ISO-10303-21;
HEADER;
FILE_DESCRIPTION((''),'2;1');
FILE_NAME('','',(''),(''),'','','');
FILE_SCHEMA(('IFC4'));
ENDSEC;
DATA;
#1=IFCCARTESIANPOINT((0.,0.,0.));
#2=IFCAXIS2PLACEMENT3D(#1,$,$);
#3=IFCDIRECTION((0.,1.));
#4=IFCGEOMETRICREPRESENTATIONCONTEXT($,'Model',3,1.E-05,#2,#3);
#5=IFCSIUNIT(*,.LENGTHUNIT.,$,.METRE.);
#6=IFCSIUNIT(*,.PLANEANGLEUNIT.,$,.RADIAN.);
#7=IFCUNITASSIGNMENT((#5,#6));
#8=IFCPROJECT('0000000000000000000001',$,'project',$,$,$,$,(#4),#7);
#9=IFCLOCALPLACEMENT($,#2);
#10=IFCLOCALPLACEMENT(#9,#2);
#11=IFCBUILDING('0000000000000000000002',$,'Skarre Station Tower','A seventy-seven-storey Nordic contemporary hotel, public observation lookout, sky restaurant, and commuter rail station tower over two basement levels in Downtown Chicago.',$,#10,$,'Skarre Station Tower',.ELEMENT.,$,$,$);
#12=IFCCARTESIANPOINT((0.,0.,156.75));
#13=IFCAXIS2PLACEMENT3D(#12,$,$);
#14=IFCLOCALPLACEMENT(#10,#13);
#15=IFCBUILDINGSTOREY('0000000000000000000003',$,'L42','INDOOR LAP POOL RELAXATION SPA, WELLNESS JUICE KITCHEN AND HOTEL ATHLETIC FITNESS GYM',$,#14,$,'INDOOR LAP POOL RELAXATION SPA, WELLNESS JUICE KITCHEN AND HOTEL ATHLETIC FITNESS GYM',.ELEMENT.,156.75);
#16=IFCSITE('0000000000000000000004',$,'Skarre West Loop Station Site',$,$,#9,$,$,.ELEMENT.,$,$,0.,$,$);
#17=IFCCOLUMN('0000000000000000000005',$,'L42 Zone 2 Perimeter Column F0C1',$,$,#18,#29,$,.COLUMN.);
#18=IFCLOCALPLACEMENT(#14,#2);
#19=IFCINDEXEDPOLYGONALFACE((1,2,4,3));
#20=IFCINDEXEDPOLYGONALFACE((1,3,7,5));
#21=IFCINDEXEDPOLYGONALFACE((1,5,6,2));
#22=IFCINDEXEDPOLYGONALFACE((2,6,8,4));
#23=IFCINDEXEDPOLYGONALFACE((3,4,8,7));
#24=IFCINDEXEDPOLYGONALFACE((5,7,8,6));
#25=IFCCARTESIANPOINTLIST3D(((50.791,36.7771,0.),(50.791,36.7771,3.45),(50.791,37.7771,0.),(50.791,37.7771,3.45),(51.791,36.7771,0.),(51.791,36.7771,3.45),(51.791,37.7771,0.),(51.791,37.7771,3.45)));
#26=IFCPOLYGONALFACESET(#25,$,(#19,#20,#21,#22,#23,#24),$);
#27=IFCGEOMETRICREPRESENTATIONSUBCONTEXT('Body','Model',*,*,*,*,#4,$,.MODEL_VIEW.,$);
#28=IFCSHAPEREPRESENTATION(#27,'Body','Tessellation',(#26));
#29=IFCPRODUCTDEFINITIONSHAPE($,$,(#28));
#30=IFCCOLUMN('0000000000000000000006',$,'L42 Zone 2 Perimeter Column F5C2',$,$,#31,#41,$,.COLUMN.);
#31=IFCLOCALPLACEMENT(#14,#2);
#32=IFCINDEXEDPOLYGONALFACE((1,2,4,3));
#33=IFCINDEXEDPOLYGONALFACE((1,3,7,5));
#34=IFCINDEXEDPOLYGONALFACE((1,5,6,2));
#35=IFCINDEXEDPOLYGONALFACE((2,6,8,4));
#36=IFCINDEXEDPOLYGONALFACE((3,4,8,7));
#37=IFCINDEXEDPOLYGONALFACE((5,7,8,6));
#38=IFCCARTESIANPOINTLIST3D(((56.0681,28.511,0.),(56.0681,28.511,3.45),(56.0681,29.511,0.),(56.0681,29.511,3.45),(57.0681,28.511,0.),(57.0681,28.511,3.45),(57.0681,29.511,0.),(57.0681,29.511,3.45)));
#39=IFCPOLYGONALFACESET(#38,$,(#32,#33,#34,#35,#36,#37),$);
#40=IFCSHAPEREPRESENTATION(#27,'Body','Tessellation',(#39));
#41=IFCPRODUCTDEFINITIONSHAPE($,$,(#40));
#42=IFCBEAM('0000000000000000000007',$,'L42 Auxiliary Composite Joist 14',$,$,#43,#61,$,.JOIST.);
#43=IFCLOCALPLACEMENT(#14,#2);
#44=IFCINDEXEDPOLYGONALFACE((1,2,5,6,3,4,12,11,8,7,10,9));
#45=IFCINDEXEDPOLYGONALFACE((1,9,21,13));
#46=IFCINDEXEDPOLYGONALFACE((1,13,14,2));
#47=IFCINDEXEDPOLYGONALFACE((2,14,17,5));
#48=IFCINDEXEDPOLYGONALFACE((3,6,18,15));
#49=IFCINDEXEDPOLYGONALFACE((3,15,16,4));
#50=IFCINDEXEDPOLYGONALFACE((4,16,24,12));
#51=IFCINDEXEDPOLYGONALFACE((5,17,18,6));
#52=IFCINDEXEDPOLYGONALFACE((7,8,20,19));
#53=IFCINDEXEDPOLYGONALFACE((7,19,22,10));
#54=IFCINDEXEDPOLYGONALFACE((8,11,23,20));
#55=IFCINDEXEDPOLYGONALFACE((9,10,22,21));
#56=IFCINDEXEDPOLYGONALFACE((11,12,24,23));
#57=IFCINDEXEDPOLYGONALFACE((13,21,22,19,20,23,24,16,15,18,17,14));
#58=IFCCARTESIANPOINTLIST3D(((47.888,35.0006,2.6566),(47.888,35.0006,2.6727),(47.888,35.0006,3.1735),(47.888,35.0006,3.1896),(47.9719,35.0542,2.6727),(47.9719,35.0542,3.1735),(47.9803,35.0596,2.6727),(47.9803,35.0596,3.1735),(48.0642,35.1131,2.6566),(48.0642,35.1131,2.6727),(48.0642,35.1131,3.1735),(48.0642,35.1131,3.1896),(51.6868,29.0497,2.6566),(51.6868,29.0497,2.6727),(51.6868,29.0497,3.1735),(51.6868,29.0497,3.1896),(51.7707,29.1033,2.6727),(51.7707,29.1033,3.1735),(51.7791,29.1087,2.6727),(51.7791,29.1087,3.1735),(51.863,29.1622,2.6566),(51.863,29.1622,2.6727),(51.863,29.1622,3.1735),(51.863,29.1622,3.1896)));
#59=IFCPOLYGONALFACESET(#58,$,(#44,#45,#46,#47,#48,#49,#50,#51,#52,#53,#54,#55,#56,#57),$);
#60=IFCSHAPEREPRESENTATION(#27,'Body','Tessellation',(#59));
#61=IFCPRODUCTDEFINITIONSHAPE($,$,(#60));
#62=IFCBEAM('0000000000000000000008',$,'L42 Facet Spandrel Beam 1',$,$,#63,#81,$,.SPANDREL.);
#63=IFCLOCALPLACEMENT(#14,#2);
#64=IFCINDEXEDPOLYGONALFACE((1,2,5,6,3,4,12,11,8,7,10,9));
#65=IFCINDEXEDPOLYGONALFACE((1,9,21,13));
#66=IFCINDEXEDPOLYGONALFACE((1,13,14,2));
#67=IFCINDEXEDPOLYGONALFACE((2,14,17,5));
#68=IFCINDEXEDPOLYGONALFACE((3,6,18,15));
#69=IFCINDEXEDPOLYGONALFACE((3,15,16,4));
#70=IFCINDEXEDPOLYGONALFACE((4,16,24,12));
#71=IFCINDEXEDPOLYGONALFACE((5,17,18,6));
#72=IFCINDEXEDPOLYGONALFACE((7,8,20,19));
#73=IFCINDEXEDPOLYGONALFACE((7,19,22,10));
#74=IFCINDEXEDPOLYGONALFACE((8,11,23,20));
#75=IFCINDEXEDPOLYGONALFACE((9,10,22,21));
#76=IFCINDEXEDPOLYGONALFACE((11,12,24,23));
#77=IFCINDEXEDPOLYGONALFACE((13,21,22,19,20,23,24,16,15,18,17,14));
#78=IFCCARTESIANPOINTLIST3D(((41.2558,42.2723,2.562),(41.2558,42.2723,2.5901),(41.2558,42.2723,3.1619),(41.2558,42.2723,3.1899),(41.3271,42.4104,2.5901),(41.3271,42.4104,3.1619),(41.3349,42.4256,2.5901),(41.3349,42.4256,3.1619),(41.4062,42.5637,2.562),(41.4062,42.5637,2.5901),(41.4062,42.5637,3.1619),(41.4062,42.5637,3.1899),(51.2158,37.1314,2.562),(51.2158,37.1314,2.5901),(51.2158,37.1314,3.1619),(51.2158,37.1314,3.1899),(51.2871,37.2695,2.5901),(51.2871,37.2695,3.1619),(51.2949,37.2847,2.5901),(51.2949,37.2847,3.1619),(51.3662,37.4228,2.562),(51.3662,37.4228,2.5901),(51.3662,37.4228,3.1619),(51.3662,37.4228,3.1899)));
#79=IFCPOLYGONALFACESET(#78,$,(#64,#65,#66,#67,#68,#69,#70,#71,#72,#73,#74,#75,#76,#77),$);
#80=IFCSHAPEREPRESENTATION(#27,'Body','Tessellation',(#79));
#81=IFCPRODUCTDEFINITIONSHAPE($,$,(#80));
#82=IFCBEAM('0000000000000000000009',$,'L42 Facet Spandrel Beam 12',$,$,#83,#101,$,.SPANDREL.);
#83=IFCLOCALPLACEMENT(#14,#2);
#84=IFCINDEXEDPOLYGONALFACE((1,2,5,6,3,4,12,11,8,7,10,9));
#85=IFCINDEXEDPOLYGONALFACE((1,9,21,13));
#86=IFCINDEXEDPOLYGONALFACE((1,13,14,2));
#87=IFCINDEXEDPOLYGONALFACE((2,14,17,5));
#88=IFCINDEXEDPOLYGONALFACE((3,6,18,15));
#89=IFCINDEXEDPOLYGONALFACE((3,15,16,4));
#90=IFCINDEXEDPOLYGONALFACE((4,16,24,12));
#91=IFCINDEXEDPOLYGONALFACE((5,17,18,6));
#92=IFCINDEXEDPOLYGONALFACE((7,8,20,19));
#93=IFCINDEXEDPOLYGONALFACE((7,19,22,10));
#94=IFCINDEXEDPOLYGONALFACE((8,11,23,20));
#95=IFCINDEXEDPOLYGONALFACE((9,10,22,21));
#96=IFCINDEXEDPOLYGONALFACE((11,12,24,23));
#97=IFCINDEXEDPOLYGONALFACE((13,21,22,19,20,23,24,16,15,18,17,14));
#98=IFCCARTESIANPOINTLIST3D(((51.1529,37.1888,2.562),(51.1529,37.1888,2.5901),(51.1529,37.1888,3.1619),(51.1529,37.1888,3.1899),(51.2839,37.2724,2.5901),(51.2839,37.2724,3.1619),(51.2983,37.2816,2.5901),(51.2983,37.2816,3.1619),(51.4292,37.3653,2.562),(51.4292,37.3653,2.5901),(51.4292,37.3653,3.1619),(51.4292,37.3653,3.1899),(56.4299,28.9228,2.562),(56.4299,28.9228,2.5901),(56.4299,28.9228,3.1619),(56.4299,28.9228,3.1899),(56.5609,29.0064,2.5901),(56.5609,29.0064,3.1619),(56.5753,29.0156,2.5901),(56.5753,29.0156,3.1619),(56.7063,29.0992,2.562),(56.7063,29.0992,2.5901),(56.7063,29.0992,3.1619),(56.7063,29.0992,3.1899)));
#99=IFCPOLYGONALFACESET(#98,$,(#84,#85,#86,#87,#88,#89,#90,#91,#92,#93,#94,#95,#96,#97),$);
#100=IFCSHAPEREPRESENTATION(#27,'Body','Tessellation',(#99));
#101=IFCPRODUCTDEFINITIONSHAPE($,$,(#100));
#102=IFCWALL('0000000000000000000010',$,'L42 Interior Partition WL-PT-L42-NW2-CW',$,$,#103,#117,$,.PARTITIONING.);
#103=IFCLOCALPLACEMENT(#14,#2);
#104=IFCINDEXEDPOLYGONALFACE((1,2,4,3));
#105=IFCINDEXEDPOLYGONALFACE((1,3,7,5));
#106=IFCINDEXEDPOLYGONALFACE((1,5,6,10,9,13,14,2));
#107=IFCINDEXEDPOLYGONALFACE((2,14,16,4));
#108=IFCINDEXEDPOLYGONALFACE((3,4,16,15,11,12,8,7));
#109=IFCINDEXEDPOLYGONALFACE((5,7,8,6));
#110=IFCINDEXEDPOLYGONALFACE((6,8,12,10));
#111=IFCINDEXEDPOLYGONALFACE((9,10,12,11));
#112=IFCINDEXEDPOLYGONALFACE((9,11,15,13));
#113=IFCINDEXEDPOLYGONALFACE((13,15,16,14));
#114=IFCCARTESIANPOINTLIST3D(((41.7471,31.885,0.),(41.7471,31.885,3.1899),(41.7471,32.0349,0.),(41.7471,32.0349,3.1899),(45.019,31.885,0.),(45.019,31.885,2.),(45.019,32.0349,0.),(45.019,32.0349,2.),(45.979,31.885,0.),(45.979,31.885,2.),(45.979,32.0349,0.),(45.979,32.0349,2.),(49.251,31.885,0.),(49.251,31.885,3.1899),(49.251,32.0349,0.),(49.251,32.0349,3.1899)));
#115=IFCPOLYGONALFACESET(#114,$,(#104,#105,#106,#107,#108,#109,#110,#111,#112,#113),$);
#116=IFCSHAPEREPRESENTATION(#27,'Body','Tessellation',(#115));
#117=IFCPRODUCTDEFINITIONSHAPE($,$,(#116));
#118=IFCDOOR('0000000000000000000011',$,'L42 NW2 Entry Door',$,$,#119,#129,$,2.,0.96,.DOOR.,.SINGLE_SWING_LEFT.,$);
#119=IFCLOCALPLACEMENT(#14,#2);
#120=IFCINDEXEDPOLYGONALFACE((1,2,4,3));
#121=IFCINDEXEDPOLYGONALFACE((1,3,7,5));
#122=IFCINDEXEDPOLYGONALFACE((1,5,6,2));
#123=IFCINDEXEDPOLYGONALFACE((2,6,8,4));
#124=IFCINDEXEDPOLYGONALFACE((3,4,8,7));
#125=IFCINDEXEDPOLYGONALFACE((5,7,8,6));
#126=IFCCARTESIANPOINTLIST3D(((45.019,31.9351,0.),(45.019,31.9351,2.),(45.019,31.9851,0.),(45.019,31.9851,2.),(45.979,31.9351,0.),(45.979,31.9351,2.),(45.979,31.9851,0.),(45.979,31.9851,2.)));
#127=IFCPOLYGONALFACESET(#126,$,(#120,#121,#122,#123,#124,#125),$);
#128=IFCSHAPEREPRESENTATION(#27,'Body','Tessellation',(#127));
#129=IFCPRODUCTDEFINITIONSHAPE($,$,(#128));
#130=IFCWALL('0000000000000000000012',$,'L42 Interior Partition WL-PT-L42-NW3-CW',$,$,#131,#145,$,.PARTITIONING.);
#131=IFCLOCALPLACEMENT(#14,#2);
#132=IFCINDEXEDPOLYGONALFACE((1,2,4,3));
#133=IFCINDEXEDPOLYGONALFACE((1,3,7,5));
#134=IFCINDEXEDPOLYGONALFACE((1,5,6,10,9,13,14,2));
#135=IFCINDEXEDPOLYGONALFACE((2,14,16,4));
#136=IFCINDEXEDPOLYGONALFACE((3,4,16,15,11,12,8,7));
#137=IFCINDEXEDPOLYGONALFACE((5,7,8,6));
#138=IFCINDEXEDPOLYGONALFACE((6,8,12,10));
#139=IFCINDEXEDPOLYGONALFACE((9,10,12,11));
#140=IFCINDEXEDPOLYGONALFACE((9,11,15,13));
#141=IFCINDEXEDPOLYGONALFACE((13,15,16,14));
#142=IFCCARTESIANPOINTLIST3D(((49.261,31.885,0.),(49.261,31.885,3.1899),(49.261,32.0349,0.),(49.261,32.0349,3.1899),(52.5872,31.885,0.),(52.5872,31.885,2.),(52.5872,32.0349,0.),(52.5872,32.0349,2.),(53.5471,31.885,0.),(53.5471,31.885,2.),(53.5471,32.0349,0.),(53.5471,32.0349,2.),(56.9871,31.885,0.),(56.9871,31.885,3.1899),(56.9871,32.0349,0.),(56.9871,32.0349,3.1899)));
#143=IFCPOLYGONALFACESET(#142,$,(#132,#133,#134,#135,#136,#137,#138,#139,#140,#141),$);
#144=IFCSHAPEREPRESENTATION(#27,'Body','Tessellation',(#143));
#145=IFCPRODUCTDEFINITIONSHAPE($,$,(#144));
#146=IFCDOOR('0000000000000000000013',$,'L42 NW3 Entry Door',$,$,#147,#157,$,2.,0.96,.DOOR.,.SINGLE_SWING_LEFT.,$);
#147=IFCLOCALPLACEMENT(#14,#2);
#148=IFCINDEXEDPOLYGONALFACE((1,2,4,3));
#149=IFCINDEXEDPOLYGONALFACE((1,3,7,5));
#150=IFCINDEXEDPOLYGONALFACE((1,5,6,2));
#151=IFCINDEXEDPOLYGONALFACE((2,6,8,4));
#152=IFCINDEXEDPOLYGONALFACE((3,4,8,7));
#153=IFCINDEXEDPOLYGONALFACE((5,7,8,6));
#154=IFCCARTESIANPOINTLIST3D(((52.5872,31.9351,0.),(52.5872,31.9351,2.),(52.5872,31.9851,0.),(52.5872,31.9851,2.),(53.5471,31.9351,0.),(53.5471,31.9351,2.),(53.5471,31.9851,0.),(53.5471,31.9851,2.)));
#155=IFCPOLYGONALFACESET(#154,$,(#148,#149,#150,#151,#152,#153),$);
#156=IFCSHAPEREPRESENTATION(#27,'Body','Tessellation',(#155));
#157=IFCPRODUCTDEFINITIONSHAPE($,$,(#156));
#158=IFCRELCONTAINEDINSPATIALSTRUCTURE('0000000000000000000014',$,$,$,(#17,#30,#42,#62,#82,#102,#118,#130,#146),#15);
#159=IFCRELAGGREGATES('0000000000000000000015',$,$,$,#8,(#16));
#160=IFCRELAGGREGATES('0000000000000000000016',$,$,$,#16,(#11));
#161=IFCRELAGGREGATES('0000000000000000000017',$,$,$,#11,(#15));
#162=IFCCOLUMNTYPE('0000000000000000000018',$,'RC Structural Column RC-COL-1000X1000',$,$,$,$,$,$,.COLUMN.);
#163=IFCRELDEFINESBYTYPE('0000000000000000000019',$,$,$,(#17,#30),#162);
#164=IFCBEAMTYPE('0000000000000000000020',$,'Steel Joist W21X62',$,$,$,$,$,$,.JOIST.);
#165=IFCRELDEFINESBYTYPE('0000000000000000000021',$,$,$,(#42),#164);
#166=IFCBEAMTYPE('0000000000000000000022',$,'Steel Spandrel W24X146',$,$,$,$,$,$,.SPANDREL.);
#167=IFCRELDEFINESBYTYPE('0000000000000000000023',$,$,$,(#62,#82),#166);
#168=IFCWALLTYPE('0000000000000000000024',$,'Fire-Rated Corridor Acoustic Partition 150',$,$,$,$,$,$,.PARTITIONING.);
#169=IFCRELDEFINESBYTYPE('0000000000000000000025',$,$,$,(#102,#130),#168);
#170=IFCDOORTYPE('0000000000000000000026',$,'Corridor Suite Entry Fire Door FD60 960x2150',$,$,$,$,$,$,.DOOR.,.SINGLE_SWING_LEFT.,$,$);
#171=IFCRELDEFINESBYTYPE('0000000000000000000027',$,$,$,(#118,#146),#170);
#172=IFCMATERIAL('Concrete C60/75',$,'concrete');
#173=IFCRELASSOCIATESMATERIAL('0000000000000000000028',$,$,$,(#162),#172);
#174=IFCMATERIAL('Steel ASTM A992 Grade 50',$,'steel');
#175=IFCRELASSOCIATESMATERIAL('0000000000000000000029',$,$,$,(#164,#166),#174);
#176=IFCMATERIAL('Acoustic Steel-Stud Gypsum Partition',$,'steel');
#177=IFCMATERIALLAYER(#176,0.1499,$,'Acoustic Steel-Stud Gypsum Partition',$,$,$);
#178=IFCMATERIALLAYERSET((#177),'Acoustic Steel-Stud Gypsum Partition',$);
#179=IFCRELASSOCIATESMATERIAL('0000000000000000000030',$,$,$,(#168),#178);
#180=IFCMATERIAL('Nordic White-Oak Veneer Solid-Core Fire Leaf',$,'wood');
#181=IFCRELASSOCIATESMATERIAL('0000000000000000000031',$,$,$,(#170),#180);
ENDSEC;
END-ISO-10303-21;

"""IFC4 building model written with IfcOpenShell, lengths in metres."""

from ifc_helpers import new_model, si_unit, direction, frame, frame_2d, origin, origin_2d, place, context, subcontext, project, spatial, rectangle, i_section, extrude, material, layer, layer_set, material_profile, profile_set, type_object, element, fill, save


model = new_model("IFC4")

# Units and contexts
model_context = context("Model", 3, precision=1e-05, world=origin(), true_north=direction((0.0, 1.0)))
body_context = subcontext(model_context, "Body", "Model", "MODEL_VIEW")
ifc_project = project(units=[si_unit("LENGTHUNIT", "METRE"), si_unit("PLANEANGLEUNIT", "RADIAN")], contexts=[model_context])

# Site, building, storey
site_placement = place(None, origin())
site = spatial("IfcSite", under=ifc_project, at=site_placement, Name="Skarre West Loop Station Site", CompositionType="ELEMENT", RefElevation=0.0)
building_placement = place(site_placement, origin())
building = spatial("IfcBuilding", under=site, at=building_placement, Name="Skarre Station Tower", Description="A seventy-seven-storey Nordic contemporary hotel, public observation lookout, sky restaurant, and commuter rail station tower over two basement levels in Downtown Chicago.", LongName="Skarre Station Tower", CompositionType="ELEMENT")
storey_placement = place(building_placement, frame((0.0, 0.0, 156.75)))
storey = spatial("IfcBuildingStorey", under=building, at=storey_placement, Name="L42", Description="INDOOR LAP POOL RELAXATION SPA, WELLNESS JUICE KITCHEN AND HOTEL ATHLETIC FITNESS GYM", LongName="INDOOR LAP POOL RELAXATION SPA, WELLNESS JUICE KITCHEN AND HOTEL ATHLETIC FITNESS GYM", CompositionType="ELEMENT", Elevation=156.75)

# Columns
ifc_material_1 = material(Name="Concrete C60/75", Category="concrete")
ifc_material_profile_1 = material_profile(ifc_material_1, rectangle(XDim=1.0, YDim=1.0, at=origin_2d()), Name="Concrete C60/75")
ifc_profile_set_1 = profile_set([ifc_material_profile_1], Name="Concrete C60/75")
column_type = type_object("IfcColumnType", Name="RC Structural Column RC-COL-1000X1000", PredefinedType="COLUMN", material=ifc_profile_set_1)
for number, where, z_axis, x_axis, name in (
    (1, (51.291, 37.2771, 0.0), (0.0, 0.0, 1.0), (1.0, 0.0, 0.0), "L42 Zone 2 Perimeter Column F0C1"),
    (2, (56.5681, 29.011, 0.0), (0.0, 0.0, 1.0), (1.0, 0.0, 0.0), "L42 Zone 2 Perimeter Column F5C2"),
):
    element("IfcColumn", number, at=place(storey_placement, frame(where, z_axis=z_axis, x_axis=x_axis)), inside=storey, type_object=column_type, Name=name, PredefinedType="COLUMN", context=body_context, shape_type="SweptSolid", body=[
        extrude(rectangle(XDim=1.0, YDim=1.0, at=origin_2d()), origin(), (0.0, 0.0, 1.0), 3.45),
    ])

# Beams
ifc_material_2 = material(Name="Steel ASTM A992 Grade 50", Category="steel")
ifc_material_profile_2 = material_profile(ifc_material_2, i_section(OverallWidth=0.209, OverallDepth=0.533, WebThickness=0.01, FlangeThickness=0.0161, at=origin_2d()), Name="Steel ASTM A992 Grade 50")
ifc_profile_set_2 = profile_set([ifc_material_profile_2], Name="Steel ASTM A992 Grade 50")
beam_type_1 = type_object("IfcBeamType", Name="Steel Joist W21X62", PredefinedType="JOIST", material=ifc_profile_set_2)
beam_1_placement = place(storey_placement, frame((51.7749, 29.106, 2.9231), z_axis=(-0.538072, 0.842899, 0.0), x_axis=(-0.842899, -0.538072, 0.0)))
element("IfcBeam", 3, at=beam_1_placement, inside=storey, type_object=beam_type_1, Name="L42 Auxiliary Composite Joist 14", PredefinedType="JOIST", context=body_context, shape_type="SweptSolid", body=[
    extrude(i_section(OverallWidth=0.209, OverallDepth=0.533, WebThickness=0.01, FlangeThickness=0.0161, at=origin_2d()), origin(), (0.0, 0.0, 1.0), 7.0601),
])
ifc_material_profile_3 = material_profile(ifc_material_2, i_section(OverallWidth=0.3279, OverallDepth=0.6279, WebThickness=0.0171, FlangeThickness=0.0281, at=origin_2d()), Name="Steel ASTM A992 Grade 50")
ifc_profile_set_3 = profile_set([ifc_material_profile_3], Name="Steel ASTM A992 Grade 50")
beam_type_2 = type_object("IfcBeamType", Name="Steel Spandrel W24X146", PredefinedType="SPANDREL", material=ifc_profile_set_3)
beam_2_placement = place(storey_placement, frame((51.291, 37.2771, 2.876), z_axis=(-0.888612, 0.45866, 0.0), x_axis=(-0.45866, -0.888612, 0.0)))
element("IfcBeam", 4, at=beam_2_placement, inside=storey, type_object=beam_type_2, Name="L42 Facet Spandrel Beam 1", PredefinedType="SPANDREL", context=body_context, shape_type="SweptSolid", body=[
    extrude(i_section(OverallWidth=0.3279, OverallDepth=0.6279, WebThickness=0.0171, FlangeThickness=0.0281, at=origin_2d()), origin(), (0.0, 0.0, 1.0), 11.2085),
])
beam_3_placement = place(storey_placement, frame((56.5681, 29.011, 2.876), z_axis=(-0.538098, 0.842883, 0.0), x_axis=(-0.842883, -0.538098, 0.0)))
element("IfcBeam", 5, at=beam_3_placement, inside=storey, type_object=beam_type_2, Name="L42 Facet Spandrel Beam 12", PredefinedType="SPANDREL", context=body_context, shape_type="SweptSolid", body=[
    extrude(i_section(OverallWidth=0.3279, OverallDepth=0.6279, WebThickness=0.0171, FlangeThickness=0.0281, at=origin_2d()), origin(), (0.0, 0.0, 1.0), 9.8069),
])

# Walls, openings, doors
ifc_material_3 = material(Name="Acoustic Steel-Stud Gypsum Partition", Category="steel")
ifc_layer_1 = layer(ifc_material_3, 0.1499, Name="Acoustic Steel-Stud Gypsum Partition")
ifc_layer_set_1 = layer_set([ifc_layer_1], Name="Acoustic Steel-Stud Gypsum Partition")
wall_type_1 = type_object("IfcWallType", Name="Fire-Rated Corridor Acoustic Partition 150", PredefinedType="PARTITIONING", material=ifc_layer_set_1)
wall_1_placement = place(storey_placement, frame((49.251, 31.96, 0.0), z_axis=(0.0, 0.0, 1.0), x_axis=(-1.0, 0.0, 0.0)))
wall_1 = element("IfcWall", 6, at=wall_1_placement, inside=storey, type_object=wall_type_1, Name="L42 Interior Partition WL-PT-L42-NW2-CW", PredefinedType="PARTITIONING", context=body_context, shape_type="SweptSolid", body=[
    extrude(rectangle(XDim=7.5039, YDim=0.1499, at=frame_2d((3.752, 0.0))), origin(), (0.0, 0.0, 1.0), 3.1899),
])
opening_1_placement = place(wall_1_placement, frame((3.272, 0.0, 0.0)))
opening_1 = element("IfcOpeningElement", 7, at=opening_1_placement, cuts=wall_1, PredefinedType="OPENING", context=body_context, shape_type="SweptSolid", body=[
    extrude(rectangle(XDim=0.96, YDim=2.0, at=frame_2d((0.48, 1.0))), frame((0.0, 0.085, 0.0), z_axis=(0.0, -1.0, 0.0), x_axis=(1.0, 0.0, 0.0)), (0.0, 0.0, 1.0), 0.1699),
])
ifc_material_4 = material(Name="Nordic White-Oak Veneer Solid-Core Fire Leaf", Category="wood")
door_type = type_object("IfcDoorType", Name="Corridor Suite Entry Fire Door FD60 960x2150", OperationType="SINGLE_SWING_LEFT", PredefinedType="DOOR", material=ifc_material_4)
door_1_placement = place(opening_1_placement, origin())
door_1 = element("IfcDoor", 8, at=door_1_placement, inside=storey, type_object=door_type, Name="L42 NW2 Entry Door", OperationType="SINGLE_SWING_LEFT", OverallHeight=2.0, OverallWidth=0.96, PredefinedType="DOOR", context=body_context, shape_type="SweptSolid", body=[
    extrude(rectangle(XDim=0.96, YDim=2.0, at=frame_2d((0.48, 1.0))), frame((0.0, 0.0249, 0.0), z_axis=(0.0, -1.0, 0.0), x_axis=(1.0, 0.0, 0.0)), (0.0, 0.0, 1.0), 0.05),
])
fill(opening_1, door_1)
wall_2_placement = place(storey_placement, frame((56.9871, 31.96, 0.0), z_axis=(0.0, 0.0, 1.0), x_axis=(-1.0, 0.0, 0.0)))
wall_2 = element("IfcWall", 9, at=wall_2_placement, inside=storey, type_object=wall_type_1, Name="L42 Interior Partition WL-PT-L42-NW3-CW", PredefinedType="PARTITIONING", context=body_context, shape_type="SweptSolid", body=[
    extrude(rectangle(XDim=7.7261, YDim=0.1499, at=frame_2d((3.863, 0.0))), origin(), (0.0, 0.0, 1.0), 3.1899),
])
opening_2_placement = place(wall_2_placement, frame((3.4399, 0.0, 0.0)))
opening_2 = element("IfcOpeningElement", 10, at=opening_2_placement, cuts=wall_2, PredefinedType="OPENING", context=body_context, shape_type="SweptSolid", body=[
    extrude(rectangle(XDim=0.96, YDim=2.0, at=frame_2d((0.48, 1.0))), frame((0.0, 0.085, 0.0), z_axis=(0.0, -1.0, 0.0), x_axis=(1.0, 0.0, 0.0)), (0.0, 0.0, 1.0), 0.1699),
])
door_2_placement = place(opening_2_placement, origin())
door_2 = element("IfcDoor", 11, at=door_2_placement, inside=storey, type_object=door_type, Name="L42 NW3 Entry Door", OperationType="SINGLE_SWING_LEFT", OverallHeight=2.0, OverallWidth=0.96, PredefinedType="DOOR", context=body_context, shape_type="SweptSolid", body=[
    extrude(rectangle(XDim=0.96, YDim=2.0, at=frame_2d((0.48, 1.0))), frame((0.0, 0.0249, 0.0), z_axis=(0.0, -1.0, 0.0), x_axis=(1.0, 0.0, 0.0)), (0.0, 0.0, 1.0), 0.05),
])
fill(opening_2, door_2)

save(model, "model.ifc")
